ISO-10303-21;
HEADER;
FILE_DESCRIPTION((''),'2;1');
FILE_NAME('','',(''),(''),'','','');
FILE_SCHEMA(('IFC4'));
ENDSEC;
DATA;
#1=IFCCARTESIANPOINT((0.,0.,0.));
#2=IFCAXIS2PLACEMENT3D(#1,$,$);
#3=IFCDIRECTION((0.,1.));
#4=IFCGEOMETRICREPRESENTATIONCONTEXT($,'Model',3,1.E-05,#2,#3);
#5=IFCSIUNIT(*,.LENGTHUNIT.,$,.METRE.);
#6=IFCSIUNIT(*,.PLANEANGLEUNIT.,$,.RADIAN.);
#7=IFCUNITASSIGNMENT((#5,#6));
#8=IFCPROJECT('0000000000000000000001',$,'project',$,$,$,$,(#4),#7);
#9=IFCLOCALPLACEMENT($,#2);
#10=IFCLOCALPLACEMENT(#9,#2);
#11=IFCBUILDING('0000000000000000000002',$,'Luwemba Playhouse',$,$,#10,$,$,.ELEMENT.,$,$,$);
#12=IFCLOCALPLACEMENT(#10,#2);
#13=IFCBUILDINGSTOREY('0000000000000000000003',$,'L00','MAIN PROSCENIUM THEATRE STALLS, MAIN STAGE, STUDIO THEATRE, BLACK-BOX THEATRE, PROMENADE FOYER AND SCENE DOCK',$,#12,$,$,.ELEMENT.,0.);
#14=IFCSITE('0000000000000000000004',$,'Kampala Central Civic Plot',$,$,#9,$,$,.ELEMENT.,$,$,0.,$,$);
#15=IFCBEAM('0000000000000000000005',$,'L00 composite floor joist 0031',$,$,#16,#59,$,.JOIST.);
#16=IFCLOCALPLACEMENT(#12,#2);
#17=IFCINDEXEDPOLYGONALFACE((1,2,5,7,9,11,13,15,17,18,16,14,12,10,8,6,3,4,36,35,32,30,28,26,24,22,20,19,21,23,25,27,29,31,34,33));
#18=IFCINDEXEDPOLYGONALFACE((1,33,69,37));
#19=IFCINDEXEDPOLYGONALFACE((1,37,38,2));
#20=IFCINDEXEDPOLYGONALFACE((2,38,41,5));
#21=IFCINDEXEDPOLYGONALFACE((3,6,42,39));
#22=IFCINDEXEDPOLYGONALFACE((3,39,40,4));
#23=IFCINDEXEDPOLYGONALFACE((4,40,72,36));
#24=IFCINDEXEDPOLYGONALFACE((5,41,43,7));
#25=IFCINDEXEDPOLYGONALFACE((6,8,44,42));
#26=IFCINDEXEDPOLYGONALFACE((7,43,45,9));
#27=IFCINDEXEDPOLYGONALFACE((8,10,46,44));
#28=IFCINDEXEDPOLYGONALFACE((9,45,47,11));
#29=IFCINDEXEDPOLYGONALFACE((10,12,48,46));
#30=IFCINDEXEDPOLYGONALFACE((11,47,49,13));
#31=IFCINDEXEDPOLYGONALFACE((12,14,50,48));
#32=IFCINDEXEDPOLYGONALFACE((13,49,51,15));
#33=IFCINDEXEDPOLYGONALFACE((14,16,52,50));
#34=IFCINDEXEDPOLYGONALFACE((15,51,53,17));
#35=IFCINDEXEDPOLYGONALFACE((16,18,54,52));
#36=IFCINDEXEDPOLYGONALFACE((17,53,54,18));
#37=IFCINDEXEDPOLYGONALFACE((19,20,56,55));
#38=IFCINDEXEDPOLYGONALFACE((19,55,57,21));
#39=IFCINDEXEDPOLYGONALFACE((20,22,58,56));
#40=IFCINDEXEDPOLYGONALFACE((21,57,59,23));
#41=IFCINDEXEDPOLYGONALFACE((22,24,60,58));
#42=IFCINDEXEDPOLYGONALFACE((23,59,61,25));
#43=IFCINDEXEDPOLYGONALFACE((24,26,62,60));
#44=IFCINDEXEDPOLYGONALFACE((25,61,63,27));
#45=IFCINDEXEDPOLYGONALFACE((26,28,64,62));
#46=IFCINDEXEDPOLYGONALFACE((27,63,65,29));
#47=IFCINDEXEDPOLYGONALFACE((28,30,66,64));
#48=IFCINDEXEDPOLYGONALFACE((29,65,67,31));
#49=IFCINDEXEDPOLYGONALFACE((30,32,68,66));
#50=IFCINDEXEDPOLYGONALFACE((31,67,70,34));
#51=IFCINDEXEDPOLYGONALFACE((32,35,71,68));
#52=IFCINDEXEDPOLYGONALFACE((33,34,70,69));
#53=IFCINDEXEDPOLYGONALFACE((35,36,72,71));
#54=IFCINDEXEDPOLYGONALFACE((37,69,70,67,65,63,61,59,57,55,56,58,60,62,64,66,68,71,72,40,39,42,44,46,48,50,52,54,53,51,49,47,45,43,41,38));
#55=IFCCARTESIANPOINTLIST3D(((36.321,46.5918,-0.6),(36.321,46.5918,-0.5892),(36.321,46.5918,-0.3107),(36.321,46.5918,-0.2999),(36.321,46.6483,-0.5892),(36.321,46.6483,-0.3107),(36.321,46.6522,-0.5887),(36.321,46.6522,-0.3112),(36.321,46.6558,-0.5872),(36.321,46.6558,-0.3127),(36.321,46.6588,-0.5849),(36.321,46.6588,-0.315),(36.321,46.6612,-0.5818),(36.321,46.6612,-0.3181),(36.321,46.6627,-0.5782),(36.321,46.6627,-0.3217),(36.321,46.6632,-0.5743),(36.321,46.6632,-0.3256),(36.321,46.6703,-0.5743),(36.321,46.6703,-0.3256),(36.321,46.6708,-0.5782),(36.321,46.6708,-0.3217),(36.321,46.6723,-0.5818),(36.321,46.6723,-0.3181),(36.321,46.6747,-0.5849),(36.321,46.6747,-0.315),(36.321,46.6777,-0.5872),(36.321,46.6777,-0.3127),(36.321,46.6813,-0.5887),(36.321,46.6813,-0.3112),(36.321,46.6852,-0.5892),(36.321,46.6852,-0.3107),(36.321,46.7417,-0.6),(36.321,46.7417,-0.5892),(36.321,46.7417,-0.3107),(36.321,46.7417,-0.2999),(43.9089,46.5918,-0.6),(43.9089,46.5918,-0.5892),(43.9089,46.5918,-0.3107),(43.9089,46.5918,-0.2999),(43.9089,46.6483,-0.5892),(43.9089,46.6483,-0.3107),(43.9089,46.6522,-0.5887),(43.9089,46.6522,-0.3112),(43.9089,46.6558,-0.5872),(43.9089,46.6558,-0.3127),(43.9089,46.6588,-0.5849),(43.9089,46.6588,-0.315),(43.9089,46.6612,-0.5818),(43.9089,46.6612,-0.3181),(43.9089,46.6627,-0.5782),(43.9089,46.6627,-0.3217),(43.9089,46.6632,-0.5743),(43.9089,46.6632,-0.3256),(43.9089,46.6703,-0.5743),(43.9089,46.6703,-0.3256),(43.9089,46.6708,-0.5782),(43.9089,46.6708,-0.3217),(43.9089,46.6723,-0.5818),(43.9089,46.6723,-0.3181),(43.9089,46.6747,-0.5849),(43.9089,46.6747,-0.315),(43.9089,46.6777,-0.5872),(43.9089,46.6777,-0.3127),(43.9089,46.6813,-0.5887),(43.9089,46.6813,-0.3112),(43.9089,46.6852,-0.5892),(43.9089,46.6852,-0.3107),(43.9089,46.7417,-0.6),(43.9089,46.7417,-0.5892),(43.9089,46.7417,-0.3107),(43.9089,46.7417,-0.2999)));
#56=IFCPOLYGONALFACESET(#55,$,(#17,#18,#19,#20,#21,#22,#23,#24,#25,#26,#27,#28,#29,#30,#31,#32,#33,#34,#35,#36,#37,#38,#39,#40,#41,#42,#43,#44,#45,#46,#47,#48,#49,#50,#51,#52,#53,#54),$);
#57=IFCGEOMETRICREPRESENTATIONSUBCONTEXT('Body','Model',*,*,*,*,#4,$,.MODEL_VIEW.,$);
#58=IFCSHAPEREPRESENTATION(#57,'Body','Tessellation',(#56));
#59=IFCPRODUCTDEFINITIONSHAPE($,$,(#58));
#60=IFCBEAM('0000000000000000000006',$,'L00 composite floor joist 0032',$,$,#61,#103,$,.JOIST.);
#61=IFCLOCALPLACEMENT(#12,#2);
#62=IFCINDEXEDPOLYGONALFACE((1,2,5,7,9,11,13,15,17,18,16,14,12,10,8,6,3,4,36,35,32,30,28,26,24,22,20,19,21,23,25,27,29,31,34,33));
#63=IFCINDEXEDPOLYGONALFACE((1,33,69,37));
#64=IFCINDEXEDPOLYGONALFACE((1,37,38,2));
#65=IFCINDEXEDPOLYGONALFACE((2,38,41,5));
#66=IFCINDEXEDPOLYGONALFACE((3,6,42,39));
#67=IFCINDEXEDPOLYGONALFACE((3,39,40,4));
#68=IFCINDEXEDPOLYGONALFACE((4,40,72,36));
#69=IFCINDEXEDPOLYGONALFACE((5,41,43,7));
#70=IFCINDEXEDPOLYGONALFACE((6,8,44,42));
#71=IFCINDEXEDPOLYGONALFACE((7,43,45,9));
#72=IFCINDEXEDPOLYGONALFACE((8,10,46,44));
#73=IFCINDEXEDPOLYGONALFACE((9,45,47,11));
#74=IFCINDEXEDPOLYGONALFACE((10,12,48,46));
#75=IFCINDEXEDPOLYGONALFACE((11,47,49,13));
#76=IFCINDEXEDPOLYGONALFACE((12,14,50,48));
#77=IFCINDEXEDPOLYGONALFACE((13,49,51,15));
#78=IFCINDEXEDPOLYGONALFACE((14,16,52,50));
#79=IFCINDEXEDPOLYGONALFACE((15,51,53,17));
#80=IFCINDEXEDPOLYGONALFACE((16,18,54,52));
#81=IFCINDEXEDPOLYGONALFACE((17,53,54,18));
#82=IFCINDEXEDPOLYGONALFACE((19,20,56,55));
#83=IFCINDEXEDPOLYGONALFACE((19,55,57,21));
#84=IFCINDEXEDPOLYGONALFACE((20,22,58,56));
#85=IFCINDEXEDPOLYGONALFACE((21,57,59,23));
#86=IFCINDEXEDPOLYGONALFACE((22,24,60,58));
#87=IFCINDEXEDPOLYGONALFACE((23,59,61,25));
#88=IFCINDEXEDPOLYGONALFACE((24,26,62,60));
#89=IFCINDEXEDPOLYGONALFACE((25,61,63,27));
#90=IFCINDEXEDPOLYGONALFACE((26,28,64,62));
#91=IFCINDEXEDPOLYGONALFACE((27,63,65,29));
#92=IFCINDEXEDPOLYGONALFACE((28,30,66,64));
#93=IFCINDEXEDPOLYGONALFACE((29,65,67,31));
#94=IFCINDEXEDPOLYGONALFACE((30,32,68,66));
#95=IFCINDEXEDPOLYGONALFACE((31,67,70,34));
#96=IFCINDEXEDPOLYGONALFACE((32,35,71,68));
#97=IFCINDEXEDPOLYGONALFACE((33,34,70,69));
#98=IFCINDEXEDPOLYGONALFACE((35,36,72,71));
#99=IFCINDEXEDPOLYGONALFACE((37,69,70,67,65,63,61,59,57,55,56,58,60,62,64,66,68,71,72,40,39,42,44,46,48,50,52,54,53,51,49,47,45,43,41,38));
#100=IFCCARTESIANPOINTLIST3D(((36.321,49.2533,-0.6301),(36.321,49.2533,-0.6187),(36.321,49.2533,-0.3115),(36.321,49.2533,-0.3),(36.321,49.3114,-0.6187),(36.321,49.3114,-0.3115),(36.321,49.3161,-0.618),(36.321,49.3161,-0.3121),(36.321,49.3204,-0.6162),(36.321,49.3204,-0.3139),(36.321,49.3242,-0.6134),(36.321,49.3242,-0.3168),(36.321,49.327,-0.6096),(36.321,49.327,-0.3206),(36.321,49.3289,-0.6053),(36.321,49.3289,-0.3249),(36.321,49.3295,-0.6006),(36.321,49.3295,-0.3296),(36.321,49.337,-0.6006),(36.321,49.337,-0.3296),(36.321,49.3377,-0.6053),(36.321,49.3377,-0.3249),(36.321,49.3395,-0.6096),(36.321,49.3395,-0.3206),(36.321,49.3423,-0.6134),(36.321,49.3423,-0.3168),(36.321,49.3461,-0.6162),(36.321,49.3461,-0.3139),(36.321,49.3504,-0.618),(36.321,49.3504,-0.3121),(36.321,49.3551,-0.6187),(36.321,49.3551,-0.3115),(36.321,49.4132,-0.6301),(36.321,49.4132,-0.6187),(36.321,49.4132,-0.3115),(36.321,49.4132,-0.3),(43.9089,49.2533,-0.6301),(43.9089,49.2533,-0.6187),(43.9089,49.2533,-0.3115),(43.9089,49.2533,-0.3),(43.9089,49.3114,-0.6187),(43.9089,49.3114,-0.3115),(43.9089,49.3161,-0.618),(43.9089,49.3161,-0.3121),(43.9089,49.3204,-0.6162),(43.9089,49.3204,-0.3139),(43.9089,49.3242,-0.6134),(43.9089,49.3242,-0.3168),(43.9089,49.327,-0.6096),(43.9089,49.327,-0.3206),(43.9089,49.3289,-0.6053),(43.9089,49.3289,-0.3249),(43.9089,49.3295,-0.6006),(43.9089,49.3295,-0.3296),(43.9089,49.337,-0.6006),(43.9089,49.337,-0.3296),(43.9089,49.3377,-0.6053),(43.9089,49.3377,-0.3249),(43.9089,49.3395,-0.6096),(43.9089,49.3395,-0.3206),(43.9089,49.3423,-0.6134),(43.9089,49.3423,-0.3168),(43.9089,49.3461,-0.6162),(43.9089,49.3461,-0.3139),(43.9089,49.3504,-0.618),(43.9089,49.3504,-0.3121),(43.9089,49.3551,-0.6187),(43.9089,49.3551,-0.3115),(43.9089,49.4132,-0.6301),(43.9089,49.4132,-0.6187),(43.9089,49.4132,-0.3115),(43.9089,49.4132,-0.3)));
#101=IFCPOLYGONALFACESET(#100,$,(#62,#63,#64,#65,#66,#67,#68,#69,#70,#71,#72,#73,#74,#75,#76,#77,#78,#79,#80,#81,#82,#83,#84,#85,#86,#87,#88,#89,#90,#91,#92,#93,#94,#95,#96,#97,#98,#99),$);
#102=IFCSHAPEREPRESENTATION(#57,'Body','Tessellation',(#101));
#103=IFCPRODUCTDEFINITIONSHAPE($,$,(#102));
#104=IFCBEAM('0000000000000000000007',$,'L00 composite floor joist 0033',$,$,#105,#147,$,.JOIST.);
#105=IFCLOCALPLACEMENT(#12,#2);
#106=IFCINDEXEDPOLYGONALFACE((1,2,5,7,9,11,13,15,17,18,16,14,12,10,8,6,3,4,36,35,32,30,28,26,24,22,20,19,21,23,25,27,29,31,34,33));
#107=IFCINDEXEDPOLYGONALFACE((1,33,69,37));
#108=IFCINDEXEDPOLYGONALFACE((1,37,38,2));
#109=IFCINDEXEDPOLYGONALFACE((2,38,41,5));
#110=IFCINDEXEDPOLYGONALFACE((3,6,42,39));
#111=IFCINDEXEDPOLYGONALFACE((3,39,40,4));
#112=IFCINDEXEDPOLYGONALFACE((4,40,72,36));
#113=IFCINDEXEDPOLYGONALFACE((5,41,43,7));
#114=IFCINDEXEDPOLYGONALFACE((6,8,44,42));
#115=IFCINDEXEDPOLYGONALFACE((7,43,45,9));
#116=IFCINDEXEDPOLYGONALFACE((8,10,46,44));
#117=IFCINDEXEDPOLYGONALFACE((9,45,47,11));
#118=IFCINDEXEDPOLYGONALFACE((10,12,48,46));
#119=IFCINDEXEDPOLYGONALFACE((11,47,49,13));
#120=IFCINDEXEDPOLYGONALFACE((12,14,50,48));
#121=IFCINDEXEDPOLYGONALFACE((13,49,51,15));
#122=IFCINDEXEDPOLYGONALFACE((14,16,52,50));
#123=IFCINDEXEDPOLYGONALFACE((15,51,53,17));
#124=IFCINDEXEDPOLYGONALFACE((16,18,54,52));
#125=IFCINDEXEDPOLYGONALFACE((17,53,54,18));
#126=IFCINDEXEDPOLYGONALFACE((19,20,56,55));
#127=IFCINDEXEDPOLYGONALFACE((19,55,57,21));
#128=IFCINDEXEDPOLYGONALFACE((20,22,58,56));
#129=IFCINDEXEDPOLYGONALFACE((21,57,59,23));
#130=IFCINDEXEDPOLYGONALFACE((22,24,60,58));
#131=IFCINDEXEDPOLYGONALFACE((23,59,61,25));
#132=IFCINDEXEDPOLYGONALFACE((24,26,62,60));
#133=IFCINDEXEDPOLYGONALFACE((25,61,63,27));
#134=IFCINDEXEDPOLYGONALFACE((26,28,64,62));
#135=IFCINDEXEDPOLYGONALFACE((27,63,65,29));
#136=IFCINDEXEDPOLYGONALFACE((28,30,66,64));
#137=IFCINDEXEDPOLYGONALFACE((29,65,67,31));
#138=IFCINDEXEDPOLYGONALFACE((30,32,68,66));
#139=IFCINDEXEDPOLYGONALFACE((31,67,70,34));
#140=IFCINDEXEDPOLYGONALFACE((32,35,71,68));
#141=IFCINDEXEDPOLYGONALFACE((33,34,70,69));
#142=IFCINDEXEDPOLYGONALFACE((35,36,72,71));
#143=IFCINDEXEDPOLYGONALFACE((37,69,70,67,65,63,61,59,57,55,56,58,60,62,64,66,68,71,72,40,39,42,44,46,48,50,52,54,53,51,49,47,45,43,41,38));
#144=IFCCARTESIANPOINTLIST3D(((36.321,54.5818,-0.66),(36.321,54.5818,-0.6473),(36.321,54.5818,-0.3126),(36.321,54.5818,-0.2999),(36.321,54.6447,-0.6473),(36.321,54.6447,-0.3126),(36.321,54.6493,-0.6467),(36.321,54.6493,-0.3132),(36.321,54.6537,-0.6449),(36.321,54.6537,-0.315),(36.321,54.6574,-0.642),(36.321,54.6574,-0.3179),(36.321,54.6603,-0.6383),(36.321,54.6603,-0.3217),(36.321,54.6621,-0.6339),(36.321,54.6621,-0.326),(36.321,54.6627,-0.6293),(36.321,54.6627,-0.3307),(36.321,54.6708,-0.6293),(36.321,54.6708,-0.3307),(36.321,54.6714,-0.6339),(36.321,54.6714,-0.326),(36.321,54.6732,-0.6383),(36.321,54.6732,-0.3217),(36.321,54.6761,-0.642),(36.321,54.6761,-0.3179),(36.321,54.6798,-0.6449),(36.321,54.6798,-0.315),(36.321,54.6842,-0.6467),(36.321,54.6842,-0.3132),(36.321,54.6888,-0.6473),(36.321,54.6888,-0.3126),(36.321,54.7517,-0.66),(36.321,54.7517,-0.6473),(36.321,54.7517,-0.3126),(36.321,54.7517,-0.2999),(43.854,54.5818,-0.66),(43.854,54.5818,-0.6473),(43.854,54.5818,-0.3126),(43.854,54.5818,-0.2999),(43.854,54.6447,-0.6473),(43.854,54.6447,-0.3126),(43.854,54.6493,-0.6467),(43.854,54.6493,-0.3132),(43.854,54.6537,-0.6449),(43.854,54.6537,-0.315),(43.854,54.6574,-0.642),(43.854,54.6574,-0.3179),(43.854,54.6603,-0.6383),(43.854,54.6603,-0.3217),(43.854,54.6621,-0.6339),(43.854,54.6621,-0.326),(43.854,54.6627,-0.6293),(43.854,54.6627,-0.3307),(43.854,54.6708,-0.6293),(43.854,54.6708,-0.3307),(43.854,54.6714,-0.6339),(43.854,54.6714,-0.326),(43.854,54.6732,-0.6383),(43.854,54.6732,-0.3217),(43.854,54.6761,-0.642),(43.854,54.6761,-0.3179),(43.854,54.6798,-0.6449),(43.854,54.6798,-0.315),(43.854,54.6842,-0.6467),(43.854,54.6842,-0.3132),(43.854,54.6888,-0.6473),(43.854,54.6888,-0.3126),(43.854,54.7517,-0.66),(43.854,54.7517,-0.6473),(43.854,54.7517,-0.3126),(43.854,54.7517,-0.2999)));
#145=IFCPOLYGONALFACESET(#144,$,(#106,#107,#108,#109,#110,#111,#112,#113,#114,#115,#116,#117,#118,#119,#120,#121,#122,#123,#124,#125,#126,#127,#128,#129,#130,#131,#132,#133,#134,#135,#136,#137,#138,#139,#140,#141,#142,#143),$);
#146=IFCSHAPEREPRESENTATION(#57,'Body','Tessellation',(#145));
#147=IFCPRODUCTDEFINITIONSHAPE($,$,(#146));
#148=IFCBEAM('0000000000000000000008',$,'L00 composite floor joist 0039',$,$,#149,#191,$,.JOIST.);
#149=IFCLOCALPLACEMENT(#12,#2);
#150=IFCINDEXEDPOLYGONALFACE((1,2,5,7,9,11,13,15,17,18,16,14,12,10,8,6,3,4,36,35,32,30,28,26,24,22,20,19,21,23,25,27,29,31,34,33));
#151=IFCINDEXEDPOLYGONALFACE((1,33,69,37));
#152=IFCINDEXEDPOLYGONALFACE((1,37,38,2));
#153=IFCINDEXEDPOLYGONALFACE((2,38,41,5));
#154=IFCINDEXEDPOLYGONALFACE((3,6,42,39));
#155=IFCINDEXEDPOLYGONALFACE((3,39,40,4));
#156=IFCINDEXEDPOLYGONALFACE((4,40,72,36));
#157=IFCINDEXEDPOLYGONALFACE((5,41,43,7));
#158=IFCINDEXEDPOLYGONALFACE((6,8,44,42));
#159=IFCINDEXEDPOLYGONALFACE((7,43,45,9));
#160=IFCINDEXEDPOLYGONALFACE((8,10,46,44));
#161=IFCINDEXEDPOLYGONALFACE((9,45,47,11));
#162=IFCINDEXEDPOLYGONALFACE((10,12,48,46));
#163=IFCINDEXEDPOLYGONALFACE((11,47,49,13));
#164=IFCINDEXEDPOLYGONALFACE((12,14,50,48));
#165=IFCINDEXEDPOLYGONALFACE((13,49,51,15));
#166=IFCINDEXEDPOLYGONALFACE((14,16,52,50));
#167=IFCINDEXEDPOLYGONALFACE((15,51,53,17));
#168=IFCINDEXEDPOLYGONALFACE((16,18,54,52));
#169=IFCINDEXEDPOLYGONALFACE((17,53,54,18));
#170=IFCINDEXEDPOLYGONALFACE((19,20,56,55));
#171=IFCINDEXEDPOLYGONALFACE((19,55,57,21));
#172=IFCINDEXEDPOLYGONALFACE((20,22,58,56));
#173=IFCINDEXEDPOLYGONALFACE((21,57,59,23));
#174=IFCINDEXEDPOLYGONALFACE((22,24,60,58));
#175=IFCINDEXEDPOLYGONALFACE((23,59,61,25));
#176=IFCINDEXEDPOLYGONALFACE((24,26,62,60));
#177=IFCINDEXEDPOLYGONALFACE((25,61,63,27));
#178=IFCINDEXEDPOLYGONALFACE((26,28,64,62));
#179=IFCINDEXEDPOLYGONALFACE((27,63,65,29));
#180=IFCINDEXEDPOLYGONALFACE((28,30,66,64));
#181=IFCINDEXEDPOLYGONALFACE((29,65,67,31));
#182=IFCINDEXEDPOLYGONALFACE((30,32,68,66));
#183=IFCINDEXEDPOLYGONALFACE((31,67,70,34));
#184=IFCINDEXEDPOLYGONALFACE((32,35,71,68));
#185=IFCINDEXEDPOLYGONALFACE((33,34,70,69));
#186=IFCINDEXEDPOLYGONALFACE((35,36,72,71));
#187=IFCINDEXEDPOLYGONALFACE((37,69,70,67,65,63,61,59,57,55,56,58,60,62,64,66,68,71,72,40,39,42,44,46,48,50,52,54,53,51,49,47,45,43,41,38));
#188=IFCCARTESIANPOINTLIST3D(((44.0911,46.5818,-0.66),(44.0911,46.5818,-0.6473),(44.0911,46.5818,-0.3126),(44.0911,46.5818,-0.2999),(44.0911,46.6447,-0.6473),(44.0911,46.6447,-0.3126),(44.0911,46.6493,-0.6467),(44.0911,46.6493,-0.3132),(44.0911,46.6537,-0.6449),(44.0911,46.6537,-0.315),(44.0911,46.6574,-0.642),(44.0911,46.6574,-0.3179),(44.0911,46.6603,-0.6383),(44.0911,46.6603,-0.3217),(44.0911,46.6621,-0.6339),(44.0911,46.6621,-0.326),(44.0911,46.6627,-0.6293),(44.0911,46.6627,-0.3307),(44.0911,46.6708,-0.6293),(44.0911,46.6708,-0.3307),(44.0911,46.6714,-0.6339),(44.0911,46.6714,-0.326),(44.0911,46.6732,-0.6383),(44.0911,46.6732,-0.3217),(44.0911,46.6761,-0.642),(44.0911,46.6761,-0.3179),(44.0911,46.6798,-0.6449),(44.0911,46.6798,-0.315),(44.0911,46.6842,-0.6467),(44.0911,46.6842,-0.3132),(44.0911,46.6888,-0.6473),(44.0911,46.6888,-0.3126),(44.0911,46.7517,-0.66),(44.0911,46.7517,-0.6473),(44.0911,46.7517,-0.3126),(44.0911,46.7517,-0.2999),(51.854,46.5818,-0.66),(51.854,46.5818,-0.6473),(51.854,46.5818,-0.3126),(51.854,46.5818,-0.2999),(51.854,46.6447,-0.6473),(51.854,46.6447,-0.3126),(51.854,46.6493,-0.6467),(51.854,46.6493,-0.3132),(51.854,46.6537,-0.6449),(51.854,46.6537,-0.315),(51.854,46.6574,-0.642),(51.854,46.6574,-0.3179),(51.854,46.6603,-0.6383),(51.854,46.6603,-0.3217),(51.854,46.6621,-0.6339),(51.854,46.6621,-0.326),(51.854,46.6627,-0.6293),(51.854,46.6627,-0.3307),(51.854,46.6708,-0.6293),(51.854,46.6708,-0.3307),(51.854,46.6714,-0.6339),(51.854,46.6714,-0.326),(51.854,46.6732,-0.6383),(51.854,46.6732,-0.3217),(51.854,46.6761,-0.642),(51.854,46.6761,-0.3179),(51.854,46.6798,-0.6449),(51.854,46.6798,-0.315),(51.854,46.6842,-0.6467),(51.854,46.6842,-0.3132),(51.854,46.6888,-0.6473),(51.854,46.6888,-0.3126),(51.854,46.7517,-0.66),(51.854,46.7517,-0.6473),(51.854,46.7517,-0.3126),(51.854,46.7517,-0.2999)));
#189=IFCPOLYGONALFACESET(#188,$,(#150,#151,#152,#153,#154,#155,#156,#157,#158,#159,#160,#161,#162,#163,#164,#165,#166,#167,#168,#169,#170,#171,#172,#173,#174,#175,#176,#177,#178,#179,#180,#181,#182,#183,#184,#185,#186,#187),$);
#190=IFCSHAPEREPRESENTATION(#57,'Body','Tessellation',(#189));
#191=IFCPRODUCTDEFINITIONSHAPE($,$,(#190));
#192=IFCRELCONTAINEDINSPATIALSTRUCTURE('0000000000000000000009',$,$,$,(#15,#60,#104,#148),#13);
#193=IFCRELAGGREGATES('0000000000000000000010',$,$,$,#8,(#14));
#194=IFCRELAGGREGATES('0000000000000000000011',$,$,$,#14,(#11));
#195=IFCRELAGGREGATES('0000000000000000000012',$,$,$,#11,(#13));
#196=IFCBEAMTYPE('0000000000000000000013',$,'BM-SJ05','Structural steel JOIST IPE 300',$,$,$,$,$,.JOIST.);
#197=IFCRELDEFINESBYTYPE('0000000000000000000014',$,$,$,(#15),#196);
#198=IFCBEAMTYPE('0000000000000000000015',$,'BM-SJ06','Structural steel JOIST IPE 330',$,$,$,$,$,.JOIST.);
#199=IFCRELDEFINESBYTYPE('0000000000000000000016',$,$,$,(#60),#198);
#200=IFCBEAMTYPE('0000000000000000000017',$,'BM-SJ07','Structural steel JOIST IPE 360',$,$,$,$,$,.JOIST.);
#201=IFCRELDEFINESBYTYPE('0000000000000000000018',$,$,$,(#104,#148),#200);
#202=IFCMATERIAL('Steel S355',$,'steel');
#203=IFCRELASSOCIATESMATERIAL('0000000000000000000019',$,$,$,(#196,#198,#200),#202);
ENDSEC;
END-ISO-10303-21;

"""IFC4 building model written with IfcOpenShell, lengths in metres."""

from ifc_helpers import new_model, si_unit, direction, frame, origin, origin_2d, place, context, subcontext, project, spatial, i_section, extrude, material, material_profile, profile_set, type_object, element, save


model = new_model("IFC4")

# Units and contexts
model_context = context("Model", 3, precision=1e-05, world=origin(), true_north=direction((0.0, 1.0)))
body_context = subcontext(model_context, "Body", "Model", "MODEL_VIEW")
ifc_project = project(units=[si_unit("LENGTHUNIT", "METRE"), si_unit("PLANEANGLEUNIT", "RADIAN")], contexts=[model_context])

# Site, building, storey
site_placement = place(None, origin())
site = spatial("IfcSite", under=ifc_project, at=site_placement, Name="Kampala Central Civic Plot", CompositionType="ELEMENT", RefElevation=0.0)
building_placement = place(site_placement, origin())
building = spatial("IfcBuilding", under=site, at=building_placement, Name="Luwemba Playhouse", CompositionType="ELEMENT")
storey_placement = place(building_placement, origin())
storey = spatial("IfcBuildingStorey", under=building, at=storey_placement, Name="L00", Description="MAIN PROSCENIUM THEATRE STALLS, MAIN STAGE, STUDIO THEATRE, BLACK-BOX THEATRE, PROMENADE FOYER AND SCENE DOCK", CompositionType="ELEMENT", Elevation=0.0)

# Beams
ifc_material_1 = material(Name="Steel S355", Category="steel")
ifc_material_profile_1 = material_profile(ifc_material_1, i_section(OverallWidth=0.1499, OverallDepth=0.3, WebThickness=0.0071, FlangeThickness=0.0107, FilletRadius=0.0149, at=origin_2d()))
ifc_profile_set_1 = profile_set([ifc_material_profile_1], Name="Steel S355")
beam_type_1 = type_object("IfcBeamType", Name="BM-SJ05", Description="Structural steel JOIST IPE 300", PredefinedType="JOIST", material=ifc_profile_set_1)
beam_1_placement = place(storey_placement, frame((36.321, 46.6667, -0.45), z_axis=(1.0, 0.0, 0.0), x_axis=(0.0, 1.0, 0.0)))
element("IfcBeam", 1, at=beam_1_placement, inside=storey, type_object=beam_type_1, Name="L00 composite floor joist 0031", PredefinedType="JOIST", context=body_context, shape_type="SweptSolid", body=[
    extrude(i_section(OverallWidth=0.1499, OverallDepth=0.3, WebThickness=0.0071, FlangeThickness=0.0107, FilletRadius=0.0149, at=origin_2d()), origin(), (0.0, 0.0, 1.0), 7.5879),
])
ifc_material_profile_2 = material_profile(ifc_material_1, i_section(OverallWidth=0.1599, OverallDepth=0.3301, WebThickness=0.0076, FlangeThickness=0.0115, FilletRadius=0.0181, at=origin_2d()))
ifc_profile_set_2 = profile_set([ifc_material_profile_2], Name="Steel S355")
beam_type_2 = type_object("IfcBeamType", Name="BM-SJ06", Description="Structural steel JOIST IPE 330", PredefinedType="JOIST", material=ifc_profile_set_2)
beam_2_placement = place(storey_placement, frame((36.321, 49.3333, -0.4651), z_axis=(1.0, 0.0, 0.0), x_axis=(0.0, 1.0, 0.0)))
element("IfcBeam", 2, at=beam_2_placement, inside=storey, type_object=beam_type_2, Name="L00 composite floor joist 0032", PredefinedType="JOIST", context=body_context, shape_type="SweptSolid", body=[
    extrude(i_section(OverallWidth=0.1599, OverallDepth=0.3301, WebThickness=0.0076, FlangeThickness=0.0115, FilletRadius=0.0181, at=origin_2d()), origin(), (0.0, 0.0, 1.0), 7.5879),
])
ifc_material_profile_3 = material_profile(ifc_material_1, i_section(OverallWidth=0.1699, OverallDepth=0.3601, WebThickness=0.0081, FlangeThickness=0.0127, FilletRadius=0.0181, at=origin_2d()))
ifc_profile_set_3 = profile_set([ifc_material_profile_3], Name="Steel S355")
beam_type_3 = type_object("IfcBeamType", Name="BM-SJ07", Description="Structural steel JOIST IPE 360", PredefinedType="JOIST", material=ifc_profile_set_3)
beam_3_placement = place(storey_placement, frame((36.321, 54.6667, -0.48), z_axis=(1.0, 0.0, 0.0), x_axis=(0.0, 1.0, 0.0)))
element("IfcBeam", 3, at=beam_3_placement, inside=storey, type_object=beam_type_3, Name="L00 composite floor joist 0033", PredefinedType="JOIST", context=body_context, shape_type="SweptSolid", body=[
    extrude(i_section(OverallWidth=0.1699, OverallDepth=0.3601, WebThickness=0.0081, FlangeThickness=0.0127, FilletRadius=0.0181, at=origin_2d()), origin(), (0.0, 0.0, 1.0), 7.533),
])
beam_4_placement = place(storey_placement, frame((44.0911, 46.6667, -0.48), z_axis=(1.0, 0.0, 0.0), x_axis=(0.0, 1.0, 0.0)))
element("IfcBeam", 4, at=beam_4_placement, inside=storey, type_object=beam_type_3, Name="L00 composite floor joist 0039", PredefinedType="JOIST", context=body_context, shape_type="SweptSolid", body=[
    extrude(i_section(OverallWidth=0.1699, OverallDepth=0.3601, WebThickness=0.0081, FlangeThickness=0.0127, FilletRadius=0.0181, at=origin_2d()), origin(), (0.0, 0.0, 1.0), 7.7629),
])

save(model, "model.ifc")
